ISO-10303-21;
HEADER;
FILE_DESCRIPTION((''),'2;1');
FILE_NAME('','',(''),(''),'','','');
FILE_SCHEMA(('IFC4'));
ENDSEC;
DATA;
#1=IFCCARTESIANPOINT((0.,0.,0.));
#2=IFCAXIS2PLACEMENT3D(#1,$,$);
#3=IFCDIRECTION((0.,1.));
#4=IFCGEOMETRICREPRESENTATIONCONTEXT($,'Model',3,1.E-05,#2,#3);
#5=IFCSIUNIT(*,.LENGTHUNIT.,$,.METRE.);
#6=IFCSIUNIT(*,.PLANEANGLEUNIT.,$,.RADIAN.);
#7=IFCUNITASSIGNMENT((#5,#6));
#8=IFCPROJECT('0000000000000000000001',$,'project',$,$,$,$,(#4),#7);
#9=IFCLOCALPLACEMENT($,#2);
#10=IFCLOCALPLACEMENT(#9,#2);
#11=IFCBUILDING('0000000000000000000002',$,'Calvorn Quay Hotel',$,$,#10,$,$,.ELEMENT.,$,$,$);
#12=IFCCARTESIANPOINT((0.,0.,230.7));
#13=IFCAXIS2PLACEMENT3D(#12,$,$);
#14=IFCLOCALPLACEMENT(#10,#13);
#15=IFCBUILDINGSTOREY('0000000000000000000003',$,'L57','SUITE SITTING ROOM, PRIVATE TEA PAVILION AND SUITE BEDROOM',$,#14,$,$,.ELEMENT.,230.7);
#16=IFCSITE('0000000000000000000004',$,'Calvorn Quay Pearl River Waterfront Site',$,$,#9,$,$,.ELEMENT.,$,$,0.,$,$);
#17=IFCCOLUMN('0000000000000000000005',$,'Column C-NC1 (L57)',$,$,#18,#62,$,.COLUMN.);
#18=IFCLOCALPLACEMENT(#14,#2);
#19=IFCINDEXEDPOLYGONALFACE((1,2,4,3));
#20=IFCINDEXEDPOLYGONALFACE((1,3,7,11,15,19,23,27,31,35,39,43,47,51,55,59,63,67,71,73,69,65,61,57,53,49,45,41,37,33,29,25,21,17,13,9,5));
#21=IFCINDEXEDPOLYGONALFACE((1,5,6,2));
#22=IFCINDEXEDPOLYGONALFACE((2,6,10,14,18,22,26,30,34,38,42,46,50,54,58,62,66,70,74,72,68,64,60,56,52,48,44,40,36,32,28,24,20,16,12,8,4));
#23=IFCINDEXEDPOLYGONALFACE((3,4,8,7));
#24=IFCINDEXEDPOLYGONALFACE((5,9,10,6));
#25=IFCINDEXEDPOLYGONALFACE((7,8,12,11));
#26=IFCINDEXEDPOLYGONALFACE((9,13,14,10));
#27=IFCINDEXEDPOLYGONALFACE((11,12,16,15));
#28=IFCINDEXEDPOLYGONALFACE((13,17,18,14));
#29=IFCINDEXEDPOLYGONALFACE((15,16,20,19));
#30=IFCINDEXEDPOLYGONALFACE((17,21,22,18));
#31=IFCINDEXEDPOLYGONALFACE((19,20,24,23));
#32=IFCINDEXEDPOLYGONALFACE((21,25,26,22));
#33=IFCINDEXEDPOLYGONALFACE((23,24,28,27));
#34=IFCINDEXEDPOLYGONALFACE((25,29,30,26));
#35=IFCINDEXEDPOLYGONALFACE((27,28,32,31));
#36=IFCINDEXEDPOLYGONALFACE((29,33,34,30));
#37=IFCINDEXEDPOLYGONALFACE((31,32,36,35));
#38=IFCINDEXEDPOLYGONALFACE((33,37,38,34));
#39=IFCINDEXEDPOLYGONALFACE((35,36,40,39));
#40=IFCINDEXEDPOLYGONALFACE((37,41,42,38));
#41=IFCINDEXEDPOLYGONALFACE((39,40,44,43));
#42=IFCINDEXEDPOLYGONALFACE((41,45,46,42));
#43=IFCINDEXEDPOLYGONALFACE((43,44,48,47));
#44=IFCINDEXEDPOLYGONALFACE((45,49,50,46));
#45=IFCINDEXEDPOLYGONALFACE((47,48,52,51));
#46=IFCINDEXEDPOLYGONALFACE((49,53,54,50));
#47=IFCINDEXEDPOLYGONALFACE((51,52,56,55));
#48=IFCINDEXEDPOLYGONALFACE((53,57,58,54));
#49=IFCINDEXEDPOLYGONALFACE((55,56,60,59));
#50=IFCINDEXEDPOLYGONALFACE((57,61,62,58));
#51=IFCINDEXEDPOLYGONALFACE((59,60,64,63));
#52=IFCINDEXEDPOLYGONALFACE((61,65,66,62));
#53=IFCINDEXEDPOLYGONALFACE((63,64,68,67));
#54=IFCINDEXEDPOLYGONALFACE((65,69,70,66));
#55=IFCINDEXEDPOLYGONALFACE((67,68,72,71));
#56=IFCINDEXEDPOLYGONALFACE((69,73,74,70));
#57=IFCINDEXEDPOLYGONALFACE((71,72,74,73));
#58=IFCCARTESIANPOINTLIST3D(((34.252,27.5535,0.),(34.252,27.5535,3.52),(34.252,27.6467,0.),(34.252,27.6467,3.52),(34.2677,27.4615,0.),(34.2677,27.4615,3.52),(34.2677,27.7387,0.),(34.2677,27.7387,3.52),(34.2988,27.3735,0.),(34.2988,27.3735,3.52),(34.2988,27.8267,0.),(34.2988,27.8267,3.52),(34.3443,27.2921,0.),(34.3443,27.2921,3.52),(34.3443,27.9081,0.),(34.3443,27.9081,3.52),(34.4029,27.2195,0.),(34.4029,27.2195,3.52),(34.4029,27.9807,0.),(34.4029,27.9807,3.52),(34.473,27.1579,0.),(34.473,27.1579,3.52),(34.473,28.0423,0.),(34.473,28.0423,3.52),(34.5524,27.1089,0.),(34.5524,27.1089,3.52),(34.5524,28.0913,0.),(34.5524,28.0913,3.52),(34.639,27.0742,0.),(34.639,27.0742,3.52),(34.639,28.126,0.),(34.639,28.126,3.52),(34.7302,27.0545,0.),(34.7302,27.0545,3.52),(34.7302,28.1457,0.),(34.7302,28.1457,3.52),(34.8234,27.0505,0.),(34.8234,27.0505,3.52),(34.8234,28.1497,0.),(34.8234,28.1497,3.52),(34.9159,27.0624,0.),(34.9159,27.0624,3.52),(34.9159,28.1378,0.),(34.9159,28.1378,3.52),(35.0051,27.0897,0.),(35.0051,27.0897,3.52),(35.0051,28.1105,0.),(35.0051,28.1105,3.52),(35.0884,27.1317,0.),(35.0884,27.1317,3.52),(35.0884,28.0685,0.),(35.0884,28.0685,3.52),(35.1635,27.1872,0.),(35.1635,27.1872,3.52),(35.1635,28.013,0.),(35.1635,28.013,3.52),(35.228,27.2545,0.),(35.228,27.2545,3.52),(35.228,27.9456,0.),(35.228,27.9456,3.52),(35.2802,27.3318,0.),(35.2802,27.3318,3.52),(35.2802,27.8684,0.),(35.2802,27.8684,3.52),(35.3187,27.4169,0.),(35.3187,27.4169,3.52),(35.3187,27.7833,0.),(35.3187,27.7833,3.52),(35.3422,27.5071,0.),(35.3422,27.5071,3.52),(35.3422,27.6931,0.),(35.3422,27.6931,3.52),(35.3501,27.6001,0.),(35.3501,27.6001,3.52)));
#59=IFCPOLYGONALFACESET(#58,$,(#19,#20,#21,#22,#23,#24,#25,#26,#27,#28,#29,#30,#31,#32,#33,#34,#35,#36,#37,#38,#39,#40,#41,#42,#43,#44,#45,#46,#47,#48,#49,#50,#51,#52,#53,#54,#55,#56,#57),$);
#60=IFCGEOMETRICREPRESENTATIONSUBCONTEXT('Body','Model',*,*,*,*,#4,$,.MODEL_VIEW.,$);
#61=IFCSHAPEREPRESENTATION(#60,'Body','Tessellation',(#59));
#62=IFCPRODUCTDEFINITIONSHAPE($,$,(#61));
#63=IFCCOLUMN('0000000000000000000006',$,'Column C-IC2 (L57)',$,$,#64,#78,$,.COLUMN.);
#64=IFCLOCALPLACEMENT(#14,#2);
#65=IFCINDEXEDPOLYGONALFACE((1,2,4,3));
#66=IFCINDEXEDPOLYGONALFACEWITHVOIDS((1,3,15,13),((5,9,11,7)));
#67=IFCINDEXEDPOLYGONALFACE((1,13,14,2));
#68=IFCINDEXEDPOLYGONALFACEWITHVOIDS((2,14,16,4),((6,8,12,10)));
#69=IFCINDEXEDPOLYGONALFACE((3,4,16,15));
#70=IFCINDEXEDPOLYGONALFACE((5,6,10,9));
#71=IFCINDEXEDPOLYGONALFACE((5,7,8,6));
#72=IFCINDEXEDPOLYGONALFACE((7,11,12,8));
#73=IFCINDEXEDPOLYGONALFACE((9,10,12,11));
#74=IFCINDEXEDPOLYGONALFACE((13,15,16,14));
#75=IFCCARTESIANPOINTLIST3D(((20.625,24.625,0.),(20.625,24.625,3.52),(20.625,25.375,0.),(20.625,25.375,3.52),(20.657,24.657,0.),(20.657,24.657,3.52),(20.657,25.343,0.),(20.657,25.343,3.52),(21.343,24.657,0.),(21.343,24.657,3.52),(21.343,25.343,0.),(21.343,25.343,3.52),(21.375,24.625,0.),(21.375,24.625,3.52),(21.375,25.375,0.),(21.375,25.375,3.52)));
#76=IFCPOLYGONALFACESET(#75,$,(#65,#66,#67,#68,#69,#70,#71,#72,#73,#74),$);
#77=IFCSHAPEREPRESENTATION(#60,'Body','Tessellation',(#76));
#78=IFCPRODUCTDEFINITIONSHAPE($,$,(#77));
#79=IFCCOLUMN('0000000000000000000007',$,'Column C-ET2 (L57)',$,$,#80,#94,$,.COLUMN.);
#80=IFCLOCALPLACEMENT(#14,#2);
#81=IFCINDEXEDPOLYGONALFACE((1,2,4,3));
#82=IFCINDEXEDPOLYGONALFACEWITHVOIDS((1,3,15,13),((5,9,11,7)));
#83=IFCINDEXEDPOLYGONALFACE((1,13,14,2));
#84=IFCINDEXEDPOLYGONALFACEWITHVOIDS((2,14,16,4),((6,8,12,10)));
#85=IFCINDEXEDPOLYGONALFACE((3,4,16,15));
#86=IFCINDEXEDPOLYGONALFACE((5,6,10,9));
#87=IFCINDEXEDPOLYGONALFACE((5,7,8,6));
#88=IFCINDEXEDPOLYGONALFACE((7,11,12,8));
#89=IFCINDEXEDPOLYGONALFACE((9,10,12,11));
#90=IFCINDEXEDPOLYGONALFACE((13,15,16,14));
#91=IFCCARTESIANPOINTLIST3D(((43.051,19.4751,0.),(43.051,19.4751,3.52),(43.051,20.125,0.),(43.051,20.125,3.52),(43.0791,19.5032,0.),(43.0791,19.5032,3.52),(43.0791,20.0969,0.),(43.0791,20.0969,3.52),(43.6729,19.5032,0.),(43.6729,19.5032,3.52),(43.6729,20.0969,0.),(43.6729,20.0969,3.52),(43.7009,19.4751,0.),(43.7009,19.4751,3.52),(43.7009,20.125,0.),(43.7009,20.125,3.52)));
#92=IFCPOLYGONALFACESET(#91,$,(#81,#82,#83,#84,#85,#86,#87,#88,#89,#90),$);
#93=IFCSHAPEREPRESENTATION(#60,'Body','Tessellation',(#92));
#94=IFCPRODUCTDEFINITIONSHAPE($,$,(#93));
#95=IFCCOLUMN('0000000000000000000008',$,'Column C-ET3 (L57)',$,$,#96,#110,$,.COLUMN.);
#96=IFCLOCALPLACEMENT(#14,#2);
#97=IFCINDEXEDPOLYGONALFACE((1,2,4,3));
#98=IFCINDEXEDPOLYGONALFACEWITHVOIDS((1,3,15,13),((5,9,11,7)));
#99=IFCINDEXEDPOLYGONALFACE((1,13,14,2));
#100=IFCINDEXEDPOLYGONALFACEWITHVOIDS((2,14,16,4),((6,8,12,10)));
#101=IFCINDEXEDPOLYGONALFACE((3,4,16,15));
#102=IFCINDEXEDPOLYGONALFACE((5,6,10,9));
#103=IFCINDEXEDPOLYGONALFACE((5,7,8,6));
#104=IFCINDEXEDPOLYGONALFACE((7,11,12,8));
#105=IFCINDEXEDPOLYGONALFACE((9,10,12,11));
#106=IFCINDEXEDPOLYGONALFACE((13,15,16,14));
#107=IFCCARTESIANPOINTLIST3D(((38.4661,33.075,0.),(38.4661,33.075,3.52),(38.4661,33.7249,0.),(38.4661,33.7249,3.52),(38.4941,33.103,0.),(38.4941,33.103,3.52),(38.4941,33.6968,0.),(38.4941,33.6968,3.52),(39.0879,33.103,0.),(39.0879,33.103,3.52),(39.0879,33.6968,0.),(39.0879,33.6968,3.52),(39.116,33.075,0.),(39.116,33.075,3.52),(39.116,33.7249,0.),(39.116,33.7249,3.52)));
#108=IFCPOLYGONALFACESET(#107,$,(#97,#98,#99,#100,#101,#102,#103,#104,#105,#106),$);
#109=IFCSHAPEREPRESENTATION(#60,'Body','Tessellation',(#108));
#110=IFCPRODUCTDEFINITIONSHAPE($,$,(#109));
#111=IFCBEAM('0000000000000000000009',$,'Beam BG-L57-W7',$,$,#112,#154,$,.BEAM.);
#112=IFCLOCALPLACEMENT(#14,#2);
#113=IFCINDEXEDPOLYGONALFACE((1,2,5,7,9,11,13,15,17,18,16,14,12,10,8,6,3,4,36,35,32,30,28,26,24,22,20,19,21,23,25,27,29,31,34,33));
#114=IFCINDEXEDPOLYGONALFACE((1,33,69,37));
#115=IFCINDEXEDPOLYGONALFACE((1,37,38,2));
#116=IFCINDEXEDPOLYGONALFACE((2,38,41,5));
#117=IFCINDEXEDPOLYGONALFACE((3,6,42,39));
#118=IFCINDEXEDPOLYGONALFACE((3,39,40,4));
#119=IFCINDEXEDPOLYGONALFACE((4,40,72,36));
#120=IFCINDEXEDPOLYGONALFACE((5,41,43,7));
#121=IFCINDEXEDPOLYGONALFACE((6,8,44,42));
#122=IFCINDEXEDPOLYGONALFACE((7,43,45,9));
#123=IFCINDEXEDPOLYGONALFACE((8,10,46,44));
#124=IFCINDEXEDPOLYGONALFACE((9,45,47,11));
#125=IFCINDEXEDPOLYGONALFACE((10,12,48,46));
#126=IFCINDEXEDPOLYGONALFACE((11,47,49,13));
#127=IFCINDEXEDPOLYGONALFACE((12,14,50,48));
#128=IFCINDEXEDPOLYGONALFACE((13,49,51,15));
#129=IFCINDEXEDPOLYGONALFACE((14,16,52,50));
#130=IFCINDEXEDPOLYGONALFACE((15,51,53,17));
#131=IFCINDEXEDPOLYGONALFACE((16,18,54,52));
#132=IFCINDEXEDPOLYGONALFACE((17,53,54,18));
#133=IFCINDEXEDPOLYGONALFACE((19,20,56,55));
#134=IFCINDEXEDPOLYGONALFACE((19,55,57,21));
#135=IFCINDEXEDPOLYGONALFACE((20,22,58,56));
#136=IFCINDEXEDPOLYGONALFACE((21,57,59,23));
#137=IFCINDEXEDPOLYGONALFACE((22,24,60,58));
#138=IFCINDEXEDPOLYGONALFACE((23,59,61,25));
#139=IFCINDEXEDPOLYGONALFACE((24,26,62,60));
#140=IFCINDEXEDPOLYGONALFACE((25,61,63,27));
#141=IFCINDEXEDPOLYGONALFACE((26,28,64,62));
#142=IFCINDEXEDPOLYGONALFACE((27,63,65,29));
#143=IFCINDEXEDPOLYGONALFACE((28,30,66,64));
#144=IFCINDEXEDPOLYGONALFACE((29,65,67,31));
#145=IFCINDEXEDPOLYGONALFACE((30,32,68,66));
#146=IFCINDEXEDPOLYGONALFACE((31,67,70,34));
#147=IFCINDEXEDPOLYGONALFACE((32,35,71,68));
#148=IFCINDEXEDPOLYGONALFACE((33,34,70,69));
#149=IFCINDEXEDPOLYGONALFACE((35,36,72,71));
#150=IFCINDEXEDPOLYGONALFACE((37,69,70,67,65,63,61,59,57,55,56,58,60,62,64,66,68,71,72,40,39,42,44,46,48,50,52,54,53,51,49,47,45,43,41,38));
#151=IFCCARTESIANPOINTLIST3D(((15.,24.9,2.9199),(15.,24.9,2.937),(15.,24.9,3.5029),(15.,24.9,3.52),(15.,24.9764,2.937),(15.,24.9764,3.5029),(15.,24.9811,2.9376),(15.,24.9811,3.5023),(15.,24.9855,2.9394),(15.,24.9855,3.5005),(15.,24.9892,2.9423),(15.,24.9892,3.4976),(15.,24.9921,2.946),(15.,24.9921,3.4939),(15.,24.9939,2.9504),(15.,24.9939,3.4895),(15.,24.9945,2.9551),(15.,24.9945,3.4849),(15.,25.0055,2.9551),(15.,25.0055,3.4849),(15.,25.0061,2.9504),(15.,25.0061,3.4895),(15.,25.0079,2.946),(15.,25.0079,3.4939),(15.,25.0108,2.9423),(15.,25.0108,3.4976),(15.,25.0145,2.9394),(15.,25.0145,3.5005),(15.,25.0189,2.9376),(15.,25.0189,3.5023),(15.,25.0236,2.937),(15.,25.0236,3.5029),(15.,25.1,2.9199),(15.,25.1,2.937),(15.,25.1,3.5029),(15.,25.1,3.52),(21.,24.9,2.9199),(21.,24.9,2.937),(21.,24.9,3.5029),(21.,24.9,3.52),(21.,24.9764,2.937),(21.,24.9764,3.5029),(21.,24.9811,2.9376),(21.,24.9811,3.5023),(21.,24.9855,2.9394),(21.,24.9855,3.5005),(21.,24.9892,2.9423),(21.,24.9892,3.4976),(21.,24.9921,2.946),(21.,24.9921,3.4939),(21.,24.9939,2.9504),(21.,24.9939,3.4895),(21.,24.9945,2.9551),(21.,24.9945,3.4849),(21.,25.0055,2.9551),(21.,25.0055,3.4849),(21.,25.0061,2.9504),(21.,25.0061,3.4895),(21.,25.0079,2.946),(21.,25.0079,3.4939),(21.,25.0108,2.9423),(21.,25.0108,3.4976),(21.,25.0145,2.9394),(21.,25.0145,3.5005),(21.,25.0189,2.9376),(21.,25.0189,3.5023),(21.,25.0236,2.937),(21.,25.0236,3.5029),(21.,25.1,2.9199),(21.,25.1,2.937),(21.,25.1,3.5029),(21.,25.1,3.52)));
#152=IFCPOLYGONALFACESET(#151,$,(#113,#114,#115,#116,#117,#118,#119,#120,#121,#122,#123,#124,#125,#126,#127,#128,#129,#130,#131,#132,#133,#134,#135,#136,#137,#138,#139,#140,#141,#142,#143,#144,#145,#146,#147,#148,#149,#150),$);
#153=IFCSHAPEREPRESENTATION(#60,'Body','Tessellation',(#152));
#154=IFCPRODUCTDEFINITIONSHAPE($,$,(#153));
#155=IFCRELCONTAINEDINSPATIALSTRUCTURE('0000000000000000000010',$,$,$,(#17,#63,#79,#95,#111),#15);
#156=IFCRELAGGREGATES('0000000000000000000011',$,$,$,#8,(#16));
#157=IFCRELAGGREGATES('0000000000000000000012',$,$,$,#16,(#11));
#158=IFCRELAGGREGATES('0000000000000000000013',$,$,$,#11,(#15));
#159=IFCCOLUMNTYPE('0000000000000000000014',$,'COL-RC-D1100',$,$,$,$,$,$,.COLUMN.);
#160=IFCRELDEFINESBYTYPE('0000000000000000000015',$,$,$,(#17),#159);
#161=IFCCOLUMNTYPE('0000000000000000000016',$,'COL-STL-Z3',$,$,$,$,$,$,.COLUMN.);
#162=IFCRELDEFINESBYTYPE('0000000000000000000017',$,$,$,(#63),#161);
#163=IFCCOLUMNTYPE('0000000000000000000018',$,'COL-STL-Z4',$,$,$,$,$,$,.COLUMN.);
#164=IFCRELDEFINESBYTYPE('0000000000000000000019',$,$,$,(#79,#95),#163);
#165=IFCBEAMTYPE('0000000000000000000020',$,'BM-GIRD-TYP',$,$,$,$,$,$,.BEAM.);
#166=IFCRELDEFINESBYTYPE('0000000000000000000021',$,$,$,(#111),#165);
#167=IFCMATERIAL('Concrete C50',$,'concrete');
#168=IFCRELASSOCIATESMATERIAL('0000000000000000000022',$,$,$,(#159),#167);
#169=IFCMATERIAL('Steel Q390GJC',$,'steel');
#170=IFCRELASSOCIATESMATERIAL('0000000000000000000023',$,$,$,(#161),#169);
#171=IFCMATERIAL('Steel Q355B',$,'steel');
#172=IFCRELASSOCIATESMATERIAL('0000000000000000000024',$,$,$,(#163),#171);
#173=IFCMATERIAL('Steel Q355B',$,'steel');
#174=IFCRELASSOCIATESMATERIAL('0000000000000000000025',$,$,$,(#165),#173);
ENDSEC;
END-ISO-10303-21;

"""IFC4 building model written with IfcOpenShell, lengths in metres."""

from ifc_helpers import new_model, si_unit, direction, frame, origin, origin_2d, place, context, subcontext, project, spatial, hollow_rectangle, circle, i_section, extrude, material, material_profile, profile_set, type_object, element, save


model = new_model("IFC4")

# Units and contexts
model_context = context("Model", 3, precision=1e-05, world=origin(), true_north=direction((0.0, 1.0)))
body_context = subcontext(model_context, "Body", "Model", "MODEL_VIEW")
ifc_project = project(units=[si_unit("LENGTHUNIT", "METRE"), si_unit("PLANEANGLEUNIT", "RADIAN")], contexts=[model_context])

# Site, building, storey
site_placement = place(None, origin())
site = spatial("IfcSite", under=ifc_project, at=site_placement, Name="Calvorn Quay Pearl River Waterfront Site", CompositionType="ELEMENT", RefElevation=0.0)
building_placement = place(site_placement, origin())
building = spatial("IfcBuilding", under=site, at=building_placement, Name="Calvorn Quay Hotel", CompositionType="ELEMENT")
storey_placement = place(building_placement, frame((0.0, 0.0, 230.7)))
storey = spatial("IfcBuildingStorey", under=building, at=storey_placement, Name="L57", Description="SUITE SITTING ROOM, PRIVATE TEA PAVILION AND SUITE BEDROOM", CompositionType="ELEMENT", Elevation=230.7)

# Columns
ifc_material_1 = material(Name="Concrete C50", Category="concrete")
ifc_material_profile_1 = material_profile(ifc_material_1, circle(Radius=0.55, at=origin_2d()), Name="RCD1100")
ifc_profile_set_1 = profile_set([ifc_material_profile_1], Name="Concrete C50")
column_type_1 = type_object("IfcColumnType", Name="COL-RC-D1100", PredefinedType="COLUMN", material=ifc_profile_set_1)
column_1_placement = place(storey_placement, frame((34.8, 27.6001, 0.0), z_axis=(0.0, 0.0, 1.0), x_axis=(1.0, 0.0, 0.0)))
element("IfcColumn", 1, at=column_1_placement, inside=storey, type_object=column_type_1, Name="Column C-NC1 (L57)", PredefinedType="COLUMN", context=body_context, shape_type="SweptSolid", body=[
    extrude(circle(Radius=0.55, at=origin_2d()), origin(), (0.0, 0.0, 1.0), 3.52),
])
ifc_material_2 = material(Name="Steel Q390GJC", Category="steel")
ifc_material_profile_2 = material_profile(ifc_material_2, hollow_rectangle(XDim=0.75, YDim=0.75, WallThickness=0.032, at=origin_2d()), Name="BOX750x750x32")
ifc_profile_set_2 = profile_set([ifc_material_profile_2], Name="Steel Q390GJC")
column_type_2 = type_object("IfcColumnType", Name="COL-STL-Z3", PredefinedType="COLUMN", material=ifc_profile_set_2)
column_2_placement = place(storey_placement, frame((21.0, 25.0, 0.0), z_axis=(0.0, 0.0, 1.0), x_axis=(1.0, 0.0, 0.0)))
element("IfcColumn", 2, at=column_2_placement, inside=storey, type_object=column_type_2, Name="Column C-IC2 (L57)", PredefinedType="COLUMN", context=body_context, shape_type="SweptSolid", body=[
    extrude(hollow_rectangle(XDim=0.75, YDim=0.75, WallThickness=0.032, at=origin_2d()), origin(), (0.0, 0.0, 1.0), 3.52),
])
ifc_material_3 = material(Name="Steel Q355B", Category="steel")
ifc_material_profile_3 = material_profile(ifc_material_3, hollow_rectangle(XDim=0.6499, YDim=0.6499, WallThickness=0.0281, at=origin_2d()), Name="BOX650x650x28")
ifc_profile_set_3 = profile_set([ifc_material_profile_3], Name="Steel Q355B")
column_type_3 = type_object("IfcColumnType", Name="COL-STL-Z4", PredefinedType="COLUMN", material=ifc_profile_set_3)
for number, where, z_axis, x_axis, name in (
    (3, (43.376, 19.8, 0.0), (0.0, 0.0, 1.0), (1.0, 0.0, 0.0), "Column C-ET2 (L57)"),
    (4, (38.791, 33.3999, 0.0), (0.0, 0.0, 1.0), (1.0, 0.0, 0.0), "Column C-ET3 (L57)"),
):
    element("IfcColumn", number, at=place(storey_placement, frame(where, z_axis=z_axis, x_axis=x_axis)), inside=storey, type_object=column_type_3, Name=name, PredefinedType="COLUMN", context=body_context, shape_type="SweptSolid", body=[
        extrude(hollow_rectangle(XDim=0.6499, YDim=0.6499, WallThickness=0.0281, at=origin_2d()), origin(), (0.0, 0.0, 1.0), 3.52),
    ])

# Beam
ifc_material_4 = material(Name="Steel Q355B", Category="steel")
ifc_material_profile_4 = material_profile(ifc_material_4, i_section(OverallWidth=0.2, OverallDepth=0.6001, WebThickness=0.011, FlangeThickness=0.0171, FilletRadius=0.0181, at=origin_2d()), Name="HN600x200x11x17")
ifc_profile_set_4 = profile_set([ifc_material_profile_4], Name="Steel Q355B")
beam_type_1 = type_object("IfcBeamType", Name="BM-GIRD-TYP", PredefinedType="BEAM", material=ifc_profile_set_4)
beam_1_placement = place(storey_placement, frame((21.0, 25.0, 3.22), z_axis=(-1.0, 0.0, 0.0), x_axis=(0.0, -1.0, 0.0)))
element("IfcBeam", 5, at=beam_1_placement, inside=storey, type_object=beam_type_1, Name="Beam BG-L57-W7", PredefinedType="BEAM", context=body_context, shape_type="SweptSolid", body=[
    extrude(i_section(OverallWidth=0.2, OverallDepth=0.6001, WebThickness=0.011, FlangeThickness=0.0171, FilletRadius=0.0181, at=origin_2d()), origin(), (0.0, 0.0, 1.0), 6.0),
])

save(model, "model.ifc")
